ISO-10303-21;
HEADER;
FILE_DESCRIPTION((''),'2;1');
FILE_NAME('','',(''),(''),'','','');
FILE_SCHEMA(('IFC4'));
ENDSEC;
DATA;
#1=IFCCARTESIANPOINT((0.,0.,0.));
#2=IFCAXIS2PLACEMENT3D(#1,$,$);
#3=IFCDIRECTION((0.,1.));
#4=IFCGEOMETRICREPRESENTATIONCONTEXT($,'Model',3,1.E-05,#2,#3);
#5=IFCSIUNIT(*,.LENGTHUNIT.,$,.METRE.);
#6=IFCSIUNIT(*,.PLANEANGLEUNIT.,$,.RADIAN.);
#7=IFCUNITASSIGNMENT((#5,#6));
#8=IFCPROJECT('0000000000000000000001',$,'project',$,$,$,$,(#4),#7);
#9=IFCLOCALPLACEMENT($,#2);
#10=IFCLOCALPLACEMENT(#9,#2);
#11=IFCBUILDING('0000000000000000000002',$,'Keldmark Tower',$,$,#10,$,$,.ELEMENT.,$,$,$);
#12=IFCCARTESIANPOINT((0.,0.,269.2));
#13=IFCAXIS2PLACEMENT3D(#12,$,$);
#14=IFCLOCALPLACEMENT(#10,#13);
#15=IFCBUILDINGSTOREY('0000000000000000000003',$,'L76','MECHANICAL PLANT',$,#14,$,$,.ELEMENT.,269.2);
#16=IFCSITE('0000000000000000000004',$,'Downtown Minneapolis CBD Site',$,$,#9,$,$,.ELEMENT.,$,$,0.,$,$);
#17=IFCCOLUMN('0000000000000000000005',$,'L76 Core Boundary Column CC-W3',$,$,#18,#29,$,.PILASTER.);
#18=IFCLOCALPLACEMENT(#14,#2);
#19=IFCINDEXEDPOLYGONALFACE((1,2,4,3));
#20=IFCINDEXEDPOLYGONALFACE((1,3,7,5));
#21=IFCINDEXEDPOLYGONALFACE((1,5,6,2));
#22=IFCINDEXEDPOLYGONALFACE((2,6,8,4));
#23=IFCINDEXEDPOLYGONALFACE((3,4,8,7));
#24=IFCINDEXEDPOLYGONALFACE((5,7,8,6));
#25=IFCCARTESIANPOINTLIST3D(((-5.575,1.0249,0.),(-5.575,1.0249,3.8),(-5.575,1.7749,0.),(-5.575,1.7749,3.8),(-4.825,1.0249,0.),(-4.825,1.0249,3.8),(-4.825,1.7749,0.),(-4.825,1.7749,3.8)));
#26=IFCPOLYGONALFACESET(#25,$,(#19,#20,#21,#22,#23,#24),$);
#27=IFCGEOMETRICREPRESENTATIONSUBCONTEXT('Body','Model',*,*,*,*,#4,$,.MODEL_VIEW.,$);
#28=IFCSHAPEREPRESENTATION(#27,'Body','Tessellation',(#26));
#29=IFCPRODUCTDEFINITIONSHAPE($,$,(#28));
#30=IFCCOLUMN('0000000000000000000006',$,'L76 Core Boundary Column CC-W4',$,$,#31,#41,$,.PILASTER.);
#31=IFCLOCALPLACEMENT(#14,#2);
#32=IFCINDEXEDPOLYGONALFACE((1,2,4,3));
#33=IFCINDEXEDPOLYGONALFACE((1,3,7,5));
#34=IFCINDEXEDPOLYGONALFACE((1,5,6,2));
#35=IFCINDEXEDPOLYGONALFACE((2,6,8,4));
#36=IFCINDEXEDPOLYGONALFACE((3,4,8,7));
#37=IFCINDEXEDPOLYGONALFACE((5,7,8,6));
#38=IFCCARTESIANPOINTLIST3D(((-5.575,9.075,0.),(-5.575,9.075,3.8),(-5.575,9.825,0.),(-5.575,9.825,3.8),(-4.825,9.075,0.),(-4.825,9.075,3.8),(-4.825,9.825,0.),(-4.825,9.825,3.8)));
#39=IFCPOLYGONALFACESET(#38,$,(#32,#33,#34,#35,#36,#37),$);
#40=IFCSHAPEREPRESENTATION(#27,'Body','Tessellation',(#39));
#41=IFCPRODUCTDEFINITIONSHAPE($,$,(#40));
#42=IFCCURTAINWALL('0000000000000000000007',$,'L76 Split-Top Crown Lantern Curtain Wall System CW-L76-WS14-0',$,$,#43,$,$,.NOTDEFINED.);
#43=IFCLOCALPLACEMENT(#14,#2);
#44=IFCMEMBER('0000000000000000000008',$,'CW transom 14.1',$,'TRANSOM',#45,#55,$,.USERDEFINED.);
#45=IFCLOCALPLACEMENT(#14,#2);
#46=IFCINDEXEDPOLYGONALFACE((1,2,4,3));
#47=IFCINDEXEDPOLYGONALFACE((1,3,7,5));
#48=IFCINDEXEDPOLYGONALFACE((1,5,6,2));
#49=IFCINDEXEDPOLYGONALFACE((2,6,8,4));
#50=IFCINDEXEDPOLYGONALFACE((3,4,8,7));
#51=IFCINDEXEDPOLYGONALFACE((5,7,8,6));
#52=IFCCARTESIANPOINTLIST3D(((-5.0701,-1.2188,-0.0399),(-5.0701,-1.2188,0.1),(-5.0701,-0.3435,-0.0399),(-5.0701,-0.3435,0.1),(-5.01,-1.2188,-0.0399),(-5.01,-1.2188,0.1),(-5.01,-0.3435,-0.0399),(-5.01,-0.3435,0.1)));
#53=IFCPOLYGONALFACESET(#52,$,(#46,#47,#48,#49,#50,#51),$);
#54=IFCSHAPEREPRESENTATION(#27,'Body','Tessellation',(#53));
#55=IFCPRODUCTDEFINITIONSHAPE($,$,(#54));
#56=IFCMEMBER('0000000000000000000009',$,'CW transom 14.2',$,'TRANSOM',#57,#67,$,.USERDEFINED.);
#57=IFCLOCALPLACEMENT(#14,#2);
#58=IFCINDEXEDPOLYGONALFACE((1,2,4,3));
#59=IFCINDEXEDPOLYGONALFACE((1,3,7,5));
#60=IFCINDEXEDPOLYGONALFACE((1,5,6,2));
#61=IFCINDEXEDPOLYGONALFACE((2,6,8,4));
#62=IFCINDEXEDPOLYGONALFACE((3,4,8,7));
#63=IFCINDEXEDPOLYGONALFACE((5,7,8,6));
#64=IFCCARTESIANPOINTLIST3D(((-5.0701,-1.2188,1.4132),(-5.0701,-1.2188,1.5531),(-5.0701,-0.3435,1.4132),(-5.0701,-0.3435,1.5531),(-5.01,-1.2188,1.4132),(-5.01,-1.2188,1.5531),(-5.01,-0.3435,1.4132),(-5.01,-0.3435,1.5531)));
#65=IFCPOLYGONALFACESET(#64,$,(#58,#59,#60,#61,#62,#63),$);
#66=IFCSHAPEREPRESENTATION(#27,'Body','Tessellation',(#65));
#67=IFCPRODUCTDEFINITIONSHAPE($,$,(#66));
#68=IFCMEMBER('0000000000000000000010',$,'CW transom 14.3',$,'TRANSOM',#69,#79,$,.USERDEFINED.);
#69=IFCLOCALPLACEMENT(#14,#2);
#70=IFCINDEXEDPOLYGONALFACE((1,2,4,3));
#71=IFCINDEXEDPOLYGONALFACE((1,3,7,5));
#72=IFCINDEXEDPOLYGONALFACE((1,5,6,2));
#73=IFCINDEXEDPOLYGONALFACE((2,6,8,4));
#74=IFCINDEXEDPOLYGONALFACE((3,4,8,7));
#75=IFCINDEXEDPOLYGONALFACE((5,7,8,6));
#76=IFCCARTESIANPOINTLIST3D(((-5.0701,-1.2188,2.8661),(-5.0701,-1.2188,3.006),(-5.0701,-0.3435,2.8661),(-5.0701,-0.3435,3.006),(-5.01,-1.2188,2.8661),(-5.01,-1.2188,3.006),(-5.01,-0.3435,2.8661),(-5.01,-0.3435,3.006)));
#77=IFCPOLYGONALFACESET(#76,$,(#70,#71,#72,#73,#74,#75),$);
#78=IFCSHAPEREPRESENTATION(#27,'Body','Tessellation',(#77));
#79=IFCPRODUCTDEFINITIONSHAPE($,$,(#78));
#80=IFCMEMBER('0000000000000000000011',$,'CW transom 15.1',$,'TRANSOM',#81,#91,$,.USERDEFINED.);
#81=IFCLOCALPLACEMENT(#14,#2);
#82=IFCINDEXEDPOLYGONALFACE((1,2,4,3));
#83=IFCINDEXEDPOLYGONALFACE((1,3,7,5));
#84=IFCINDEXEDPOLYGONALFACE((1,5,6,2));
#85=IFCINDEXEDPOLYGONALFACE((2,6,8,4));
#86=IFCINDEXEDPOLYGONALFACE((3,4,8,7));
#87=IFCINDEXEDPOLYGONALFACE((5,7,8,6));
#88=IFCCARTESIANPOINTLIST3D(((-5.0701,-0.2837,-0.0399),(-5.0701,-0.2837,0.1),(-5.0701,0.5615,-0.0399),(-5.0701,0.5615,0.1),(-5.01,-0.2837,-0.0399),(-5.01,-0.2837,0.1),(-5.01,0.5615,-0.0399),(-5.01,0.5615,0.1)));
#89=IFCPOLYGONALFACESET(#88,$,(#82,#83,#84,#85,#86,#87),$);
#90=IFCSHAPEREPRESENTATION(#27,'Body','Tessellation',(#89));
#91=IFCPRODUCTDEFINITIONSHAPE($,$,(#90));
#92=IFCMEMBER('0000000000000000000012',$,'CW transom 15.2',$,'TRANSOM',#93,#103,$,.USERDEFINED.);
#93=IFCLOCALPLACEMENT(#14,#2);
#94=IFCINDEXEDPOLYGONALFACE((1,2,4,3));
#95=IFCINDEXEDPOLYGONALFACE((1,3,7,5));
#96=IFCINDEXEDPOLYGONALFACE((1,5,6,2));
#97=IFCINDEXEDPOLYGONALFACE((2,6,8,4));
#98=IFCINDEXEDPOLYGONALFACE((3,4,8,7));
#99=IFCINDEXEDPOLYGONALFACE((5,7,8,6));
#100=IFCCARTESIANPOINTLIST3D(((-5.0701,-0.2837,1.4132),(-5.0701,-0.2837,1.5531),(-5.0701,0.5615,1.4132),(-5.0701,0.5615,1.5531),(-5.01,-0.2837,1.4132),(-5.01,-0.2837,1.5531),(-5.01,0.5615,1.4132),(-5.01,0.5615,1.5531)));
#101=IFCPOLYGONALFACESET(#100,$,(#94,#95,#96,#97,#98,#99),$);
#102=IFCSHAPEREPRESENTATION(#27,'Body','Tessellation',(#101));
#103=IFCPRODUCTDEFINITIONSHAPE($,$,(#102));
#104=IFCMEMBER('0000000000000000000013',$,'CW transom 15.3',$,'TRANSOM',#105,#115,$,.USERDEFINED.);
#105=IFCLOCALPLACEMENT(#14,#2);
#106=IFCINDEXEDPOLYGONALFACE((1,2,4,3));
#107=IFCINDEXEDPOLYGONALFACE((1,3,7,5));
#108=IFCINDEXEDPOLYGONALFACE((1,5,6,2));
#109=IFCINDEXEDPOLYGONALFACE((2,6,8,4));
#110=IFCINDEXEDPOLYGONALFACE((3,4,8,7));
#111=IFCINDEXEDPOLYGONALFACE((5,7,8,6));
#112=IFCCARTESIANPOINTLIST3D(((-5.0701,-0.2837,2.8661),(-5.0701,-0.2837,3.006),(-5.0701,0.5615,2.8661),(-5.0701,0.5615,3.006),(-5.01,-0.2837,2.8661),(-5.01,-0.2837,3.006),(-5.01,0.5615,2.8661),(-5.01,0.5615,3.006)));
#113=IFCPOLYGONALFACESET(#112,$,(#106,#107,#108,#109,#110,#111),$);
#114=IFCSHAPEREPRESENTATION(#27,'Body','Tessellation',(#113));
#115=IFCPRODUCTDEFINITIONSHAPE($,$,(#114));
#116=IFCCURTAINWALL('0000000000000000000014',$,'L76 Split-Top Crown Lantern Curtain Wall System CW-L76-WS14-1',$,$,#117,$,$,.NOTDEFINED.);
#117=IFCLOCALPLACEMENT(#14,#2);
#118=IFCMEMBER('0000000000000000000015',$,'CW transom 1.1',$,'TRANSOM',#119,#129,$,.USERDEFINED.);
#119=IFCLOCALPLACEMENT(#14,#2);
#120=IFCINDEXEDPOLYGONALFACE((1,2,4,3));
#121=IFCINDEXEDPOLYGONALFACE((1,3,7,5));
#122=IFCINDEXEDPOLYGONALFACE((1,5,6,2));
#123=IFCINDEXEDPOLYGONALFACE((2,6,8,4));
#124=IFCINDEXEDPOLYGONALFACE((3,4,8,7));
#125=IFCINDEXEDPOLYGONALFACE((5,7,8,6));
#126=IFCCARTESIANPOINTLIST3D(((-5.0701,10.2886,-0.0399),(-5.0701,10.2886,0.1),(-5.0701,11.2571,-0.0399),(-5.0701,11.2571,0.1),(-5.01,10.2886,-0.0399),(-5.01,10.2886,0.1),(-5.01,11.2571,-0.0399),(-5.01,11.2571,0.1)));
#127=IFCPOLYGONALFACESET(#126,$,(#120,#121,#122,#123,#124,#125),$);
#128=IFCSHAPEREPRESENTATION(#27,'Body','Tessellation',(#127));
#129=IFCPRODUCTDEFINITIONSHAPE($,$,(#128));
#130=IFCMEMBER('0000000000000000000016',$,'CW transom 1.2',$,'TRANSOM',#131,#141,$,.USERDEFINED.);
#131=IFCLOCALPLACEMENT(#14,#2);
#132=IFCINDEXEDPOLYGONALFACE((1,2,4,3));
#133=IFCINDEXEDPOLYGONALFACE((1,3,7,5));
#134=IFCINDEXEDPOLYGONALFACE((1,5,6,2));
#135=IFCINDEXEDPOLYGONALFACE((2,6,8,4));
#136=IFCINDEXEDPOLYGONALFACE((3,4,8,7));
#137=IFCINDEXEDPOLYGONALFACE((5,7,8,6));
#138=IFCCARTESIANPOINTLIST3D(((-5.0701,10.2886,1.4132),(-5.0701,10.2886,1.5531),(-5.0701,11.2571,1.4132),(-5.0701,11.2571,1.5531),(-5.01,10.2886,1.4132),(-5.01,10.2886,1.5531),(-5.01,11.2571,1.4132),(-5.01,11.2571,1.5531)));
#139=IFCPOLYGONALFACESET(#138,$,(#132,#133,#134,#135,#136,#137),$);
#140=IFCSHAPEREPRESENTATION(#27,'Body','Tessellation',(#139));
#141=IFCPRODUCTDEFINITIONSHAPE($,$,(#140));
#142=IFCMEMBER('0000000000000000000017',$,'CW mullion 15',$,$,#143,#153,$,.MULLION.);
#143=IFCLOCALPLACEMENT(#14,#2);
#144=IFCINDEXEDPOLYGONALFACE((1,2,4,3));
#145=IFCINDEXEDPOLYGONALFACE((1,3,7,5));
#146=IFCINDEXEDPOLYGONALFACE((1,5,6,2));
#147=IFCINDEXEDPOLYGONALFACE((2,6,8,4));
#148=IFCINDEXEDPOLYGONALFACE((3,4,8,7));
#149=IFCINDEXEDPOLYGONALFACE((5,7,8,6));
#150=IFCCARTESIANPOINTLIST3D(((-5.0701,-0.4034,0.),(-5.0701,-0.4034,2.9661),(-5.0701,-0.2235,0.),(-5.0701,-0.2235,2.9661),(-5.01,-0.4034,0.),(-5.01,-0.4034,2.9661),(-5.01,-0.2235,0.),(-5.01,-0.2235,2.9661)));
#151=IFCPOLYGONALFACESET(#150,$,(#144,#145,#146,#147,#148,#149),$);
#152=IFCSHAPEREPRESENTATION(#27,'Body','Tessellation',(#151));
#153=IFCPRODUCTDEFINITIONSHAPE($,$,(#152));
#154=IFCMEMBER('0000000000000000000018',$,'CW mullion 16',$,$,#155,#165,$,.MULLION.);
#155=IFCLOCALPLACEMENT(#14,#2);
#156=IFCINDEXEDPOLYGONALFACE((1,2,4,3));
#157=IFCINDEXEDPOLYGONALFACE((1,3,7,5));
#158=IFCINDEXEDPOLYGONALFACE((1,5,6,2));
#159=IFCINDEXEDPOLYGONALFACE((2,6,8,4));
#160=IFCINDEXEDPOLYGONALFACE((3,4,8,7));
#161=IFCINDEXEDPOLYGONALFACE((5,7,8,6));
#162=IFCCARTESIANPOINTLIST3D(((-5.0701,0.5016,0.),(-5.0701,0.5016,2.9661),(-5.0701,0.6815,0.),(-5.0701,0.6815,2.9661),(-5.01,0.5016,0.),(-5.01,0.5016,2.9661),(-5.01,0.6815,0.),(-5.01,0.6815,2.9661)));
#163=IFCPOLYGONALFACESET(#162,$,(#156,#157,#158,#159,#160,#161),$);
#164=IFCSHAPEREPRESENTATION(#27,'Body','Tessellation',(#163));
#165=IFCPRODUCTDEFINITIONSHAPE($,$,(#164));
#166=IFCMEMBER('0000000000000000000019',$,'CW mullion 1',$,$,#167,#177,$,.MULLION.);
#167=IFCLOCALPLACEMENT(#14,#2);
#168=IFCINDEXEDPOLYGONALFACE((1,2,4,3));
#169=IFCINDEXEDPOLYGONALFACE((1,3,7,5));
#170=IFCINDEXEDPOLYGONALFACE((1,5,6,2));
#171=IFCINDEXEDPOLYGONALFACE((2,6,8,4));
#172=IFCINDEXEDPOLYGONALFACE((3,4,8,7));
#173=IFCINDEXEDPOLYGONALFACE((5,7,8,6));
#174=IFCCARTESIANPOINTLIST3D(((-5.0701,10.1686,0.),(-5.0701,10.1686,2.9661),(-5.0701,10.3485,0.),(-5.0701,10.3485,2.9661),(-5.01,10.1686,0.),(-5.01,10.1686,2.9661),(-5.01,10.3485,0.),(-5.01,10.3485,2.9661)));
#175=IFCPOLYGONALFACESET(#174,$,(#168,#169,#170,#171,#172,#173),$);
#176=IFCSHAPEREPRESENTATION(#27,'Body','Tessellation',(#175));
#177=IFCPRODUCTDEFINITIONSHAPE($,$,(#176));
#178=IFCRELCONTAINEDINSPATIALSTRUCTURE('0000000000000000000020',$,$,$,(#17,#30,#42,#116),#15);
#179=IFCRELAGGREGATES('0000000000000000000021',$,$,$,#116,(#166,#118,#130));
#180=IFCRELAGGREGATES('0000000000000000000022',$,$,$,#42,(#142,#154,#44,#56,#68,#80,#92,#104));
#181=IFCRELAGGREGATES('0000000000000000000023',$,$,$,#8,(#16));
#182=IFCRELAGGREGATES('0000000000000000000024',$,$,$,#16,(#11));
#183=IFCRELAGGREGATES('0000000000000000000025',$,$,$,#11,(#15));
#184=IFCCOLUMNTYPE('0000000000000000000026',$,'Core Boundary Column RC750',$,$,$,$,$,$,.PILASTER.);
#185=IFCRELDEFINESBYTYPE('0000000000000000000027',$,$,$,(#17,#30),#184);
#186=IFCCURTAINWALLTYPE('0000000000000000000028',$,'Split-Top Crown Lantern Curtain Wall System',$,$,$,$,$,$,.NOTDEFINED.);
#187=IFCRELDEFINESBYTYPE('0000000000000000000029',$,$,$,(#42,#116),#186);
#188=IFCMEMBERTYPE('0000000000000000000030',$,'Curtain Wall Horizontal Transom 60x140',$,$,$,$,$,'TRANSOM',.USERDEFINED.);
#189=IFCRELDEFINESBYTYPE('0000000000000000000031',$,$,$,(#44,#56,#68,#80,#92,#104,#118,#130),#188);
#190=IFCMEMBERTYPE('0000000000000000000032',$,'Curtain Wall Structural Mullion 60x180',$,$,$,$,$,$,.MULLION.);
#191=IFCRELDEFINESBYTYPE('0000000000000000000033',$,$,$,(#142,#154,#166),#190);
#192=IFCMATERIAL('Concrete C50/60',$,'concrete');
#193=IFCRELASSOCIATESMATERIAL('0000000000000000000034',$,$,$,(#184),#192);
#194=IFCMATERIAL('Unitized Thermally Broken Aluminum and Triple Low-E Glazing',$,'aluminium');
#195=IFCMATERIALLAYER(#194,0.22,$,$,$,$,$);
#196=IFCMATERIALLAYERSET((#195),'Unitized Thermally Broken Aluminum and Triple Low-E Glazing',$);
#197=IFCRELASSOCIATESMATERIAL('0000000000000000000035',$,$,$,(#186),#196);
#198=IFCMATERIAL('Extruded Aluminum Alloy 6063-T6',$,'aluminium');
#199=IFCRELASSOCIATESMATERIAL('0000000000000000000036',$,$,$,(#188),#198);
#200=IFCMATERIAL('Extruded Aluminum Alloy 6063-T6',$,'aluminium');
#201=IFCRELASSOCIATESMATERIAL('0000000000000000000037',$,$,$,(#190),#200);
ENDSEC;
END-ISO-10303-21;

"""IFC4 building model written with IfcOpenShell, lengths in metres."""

from ifc_helpers import new_model, si_unit, direction, frame, origin, origin_2d, place, context, subcontext, project, spatial, rectangle, extrude, material, layer, layer_set, material_profile, profile_set, type_object, element, aggregate, save


model = new_model("IFC4")

# Units and contexts
model_context = context("Model", 3, precision=1e-05, world=origin(), true_north=direction((0.0, 1.0)))
body_context = subcontext(model_context, "Body", "Model", "MODEL_VIEW")
ifc_project = project(units=[si_unit("LENGTHUNIT", "METRE"), si_unit("PLANEANGLEUNIT", "RADIAN")], contexts=[model_context])

# Site, building, storey
site_placement = place(None, origin())
site = spatial("IfcSite", under=ifc_project, at=site_placement, Name="Downtown Minneapolis CBD Site", CompositionType="ELEMENT", RefElevation=0.0)
building_placement = place(site_placement, origin())
building = spatial("IfcBuilding", under=site, at=building_placement, Name="Keldmark Tower", CompositionType="ELEMENT")
storey_placement = place(building_placement, frame((0.0, 0.0, 269.2)))
storey = spatial("IfcBuildingStorey", under=building, at=storey_placement, Name="L76", Description="MECHANICAL PLANT", CompositionType="ELEMENT", Elevation=269.2)

# Columns
ifc_material_1 = material(Name="Concrete C50/60", Category="concrete")
ifc_material_profile_1 = material_profile(ifc_material_1, rectangle(XDim=0.75, YDim=0.75, at=origin_2d()), Name="RC750X750")
ifc_profile_set_1 = profile_set([ifc_material_profile_1], Name="Concrete C50/60")
column_type = type_object("IfcColumnType", Name="Core Boundary Column RC750", PredefinedType="PILASTER", material=ifc_profile_set_1)
for number, where, z_axis, x_axis, name in (
    (1, (-5.2, 1.3999, 0.0), (0.0, 0.0, 1.0), (1.0, 0.0, 0.0), "L76 Core Boundary Column CC-W3"),
    (2, (-5.2, 9.45, 0.0), (0.0, 0.0, 1.0), (1.0, 0.0, 0.0), "L76 Core Boundary Column CC-W4"),
):
    element("IfcColumn", number, at=place(storey_placement, frame(where, z_axis=z_axis, x_axis=x_axis)), inside=storey, type_object=column_type, Name=name, PredefinedType="PILASTER", context=body_context, shape_type="SweptSolid", body=[
        extrude(rectangle(XDim=0.75, YDim=0.75, at=origin_2d()), origin(), (0.0, 0.0, 1.0), 3.8),
    ])

# Curtain walls, members
ifc_material_2 = material(Name="Unitized Thermally Broken Aluminum and Triple Low-E Glazing", Category="aluminium")
ifc_layer_1 = layer(ifc_material_2, 0.22)
ifc_layer_set_1 = layer_set([ifc_layer_1], Name="Unitized Thermally Broken Aluminum and Triple Low-E Glazing")
curtain_wall_type = type_object("IfcCurtainWallType", Name="Split-Top Crown Lantern Curtain Wall System", PredefinedType="NOTDEFINED", material=ifc_layer_set_1)
curtain_wall_1_placement = place(storey_placement, origin())
curtain_wall_1 = element("IfcCurtainWall", 3, at=curtain_wall_1_placement, inside=storey, type_object=curtain_wall_type, Name="L76 Split-Top Crown Lantern Curtain Wall System CW-L76-WS14-0", PredefinedType="NOTDEFINED")
ifc_material_3 = material(Name="Extruded Aluminum Alloy 6063-T6", Category="aluminium")
ifc_material_profile_2 = material_profile(ifc_material_3, rectangle(XDim=0.0601, YDim=0.1399, at=origin_2d()), Name="CWT60X140")
ifc_profile_set_2 = profile_set([ifc_material_profile_2], Name="Extruded Aluminum Alloy 6063-T6")
member_type_1 = type_object("IfcMemberType", Name="Curtain Wall Horizontal Transom 60x140", ElementType="TRANSOM", PredefinedType="USERDEFINED", material=ifc_profile_set_2)
member_1_placement = place(storey_placement, frame((-5.04, -1.2188, 0.03), z_axis=(0.0, 1.0, 0.0), x_axis=(-1.0, 0.0, 0.0)))
member_1 = element("IfcMember", 4, at=member_1_placement, type_object=member_type_1, Name="CW transom 14.1", ObjectType="TRANSOM", PredefinedType="USERDEFINED", context=body_context, shape_type="SweptSolid", body=[
    extrude(rectangle(XDim=0.0601, YDim=0.1399, at=origin_2d()), origin(), (0.0, 0.0, 1.0), 0.8752),
])
member_2_placement = place(storey_placement, frame((-5.04, -1.2188, 1.4832), z_axis=(0.0, 1.0, 0.0), x_axis=(-1.0, 0.0, 0.0)))
member_2 = element("IfcMember", 5, at=member_2_placement, type_object=member_type_1, Name="CW transom 14.2", ObjectType="TRANSOM", PredefinedType="USERDEFINED", context=body_context, shape_type="SweptSolid", body=[
    extrude(rectangle(XDim=0.0601, YDim=0.1399, at=origin_2d()), origin(), (0.0, 0.0, 1.0), 0.8752),
])
member_3_placement = place(storey_placement, frame((-5.04, -1.2188, 2.936), z_axis=(0.0, 1.0, 0.0), x_axis=(-1.0, 0.0, 0.0)))
member_3 = element("IfcMember", 6, at=member_3_placement, type_object=member_type_1, Name="CW transom 14.3", ObjectType="TRANSOM", PredefinedType="USERDEFINED", context=body_context, shape_type="SweptSolid", body=[
    extrude(rectangle(XDim=0.0601, YDim=0.1399, at=origin_2d()), origin(), (0.0, 0.0, 1.0), 0.8752),
])
member_4_placement = place(storey_placement, frame((-5.04, -0.2837, 0.03), z_axis=(0.0, 1.0, 0.0), x_axis=(-1.0, 0.0, 0.0)))
member_4 = element("IfcMember", 7, at=member_4_placement, type_object=member_type_1, Name="CW transom 15.1", ObjectType="TRANSOM", PredefinedType="USERDEFINED", context=body_context, shape_type="SweptSolid", body=[
    extrude(rectangle(XDim=0.0601, YDim=0.1399, at=origin_2d()), origin(), (0.0, 0.0, 1.0), 0.8452),
])
member_5_placement = place(storey_placement, frame((-5.04, -0.2837, 1.4832), z_axis=(0.0, 1.0, 0.0), x_axis=(-1.0, 0.0, 0.0)))
member_5 = element("IfcMember", 8, at=member_5_placement, type_object=member_type_1, Name="CW transom 15.2", ObjectType="TRANSOM", PredefinedType="USERDEFINED", context=body_context, shape_type="SweptSolid", body=[
    extrude(rectangle(XDim=0.0601, YDim=0.1399, at=origin_2d()), origin(), (0.0, 0.0, 1.0), 0.8452),
])
member_6_placement = place(storey_placement, frame((-5.04, -0.2837, 2.936), z_axis=(0.0, 1.0, 0.0), x_axis=(-1.0, 0.0, 0.0)))
member_6 = element("IfcMember", 9, at=member_6_placement, type_object=member_type_1, Name="CW transom 15.3", ObjectType="TRANSOM", PredefinedType="USERDEFINED", context=body_context, shape_type="SweptSolid", body=[
    extrude(rectangle(XDim=0.0601, YDim=0.1399, at=origin_2d()), origin(), (0.0, 0.0, 1.0), 0.8452),
])
curtain_wall_2_placement = place(storey_placement, origin())
curtain_wall_2 = element("IfcCurtainWall", 10, at=curtain_wall_2_placement, inside=storey, type_object=curtain_wall_type, Name="L76 Split-Top Crown Lantern Curtain Wall System CW-L76-WS14-1", PredefinedType="NOTDEFINED")
member_7_placement = place(storey_placement, frame((-5.04, 10.2886, 0.03), z_axis=(0.0, 1.0, 0.0), x_axis=(-1.0, 0.0, 0.0)))
member_7 = element("IfcMember", 11, at=member_7_placement, type_object=member_type_1, Name="CW transom 1.1", ObjectType="TRANSOM", PredefinedType="USERDEFINED", context=body_context, shape_type="SweptSolid", body=[
    extrude(rectangle(XDim=0.0601, YDim=0.1399, at=origin_2d()), origin(), (0.0, 0.0, 1.0), 0.9685),
])
member_8_placement = place(storey_placement, frame((-5.04, 10.2886, 1.4832), z_axis=(0.0, 1.0, 0.0), x_axis=(-1.0, 0.0, 0.0)))
member_8 = element("IfcMember", 12, at=member_8_placement, type_object=member_type_1, Name="CW transom 1.2", ObjectType="TRANSOM", PredefinedType="USERDEFINED", context=body_context, shape_type="SweptSolid", body=[
    extrude(rectangle(XDim=0.0601, YDim=0.1399, at=origin_2d()), origin(), (0.0, 0.0, 1.0), 0.9685),
])

# Members
ifc_material_4 = material(Name="Extruded Aluminum Alloy 6063-T6", Category="aluminium")
ifc_material_profile_3 = material_profile(ifc_material_4, rectangle(XDim=0.0601, YDim=0.1799, at=origin_2d()), Name="CWM60X180")
ifc_profile_set_3 = profile_set([ifc_material_profile_3], Name="Extruded Aluminum Alloy 6063-T6")
member_type_2 = type_object("IfcMemberType", Name="Curtain Wall Structural Mullion 60x180", PredefinedType="MULLION", material=ifc_profile_set_3)
member_9_placement = place(storey_placement, frame((-5.04, -0.3135, 0.0), z_axis=(0.0, 0.0, 1.0), x_axis=(-1.0, 0.0, 0.0)))
member_9 = element("IfcMember", 13, at=member_9_placement, type_object=member_type_2, Name="CW mullion 15", PredefinedType="MULLION", context=body_context, shape_type="SweptSolid", body=[
    extrude(rectangle(XDim=0.0601, YDim=0.1799, at=origin_2d()), origin(), (0.0, 0.0, 1.0), 2.9661),
])
member_10_placement = place(storey_placement, frame((-5.04, 0.5916, 0.0), z_axis=(0.0, 0.0, 1.0), x_axis=(-1.0, 0.0, 0.0)))
member_10 = element("IfcMember", 14, at=member_10_placement, type_object=member_type_2, Name="CW mullion 16", PredefinedType="MULLION", context=body_context, shape_type="SweptSolid", body=[
    extrude(rectangle(XDim=0.0601, YDim=0.1799, at=origin_2d()), origin(), (0.0, 0.0, 1.0), 2.9661),
])
member_11_placement = place(storey_placement, frame((-5.04, 10.2585, 0.0), z_axis=(0.0, 0.0, 1.0), x_axis=(-1.0, 0.0, 0.0)))
member_11 = element("IfcMember", 15, at=member_11_placement, type_object=member_type_2, Name="CW mullion 1", PredefinedType="MULLION", context=body_context, shape_type="SweptSolid", body=[
    extrude(rectangle(XDim=0.0601, YDim=0.1799, at=origin_2d()), origin(), (0.0, 0.0, 1.0), 2.9661),
])
aggregate(curtain_wall_2, [member_11, member_7, member_8])

aggregate(curtain_wall_1, [member_9, member_10, member_1, member_2, member_3, member_4, member_5, member_6])

save(model, "model.ifc")
